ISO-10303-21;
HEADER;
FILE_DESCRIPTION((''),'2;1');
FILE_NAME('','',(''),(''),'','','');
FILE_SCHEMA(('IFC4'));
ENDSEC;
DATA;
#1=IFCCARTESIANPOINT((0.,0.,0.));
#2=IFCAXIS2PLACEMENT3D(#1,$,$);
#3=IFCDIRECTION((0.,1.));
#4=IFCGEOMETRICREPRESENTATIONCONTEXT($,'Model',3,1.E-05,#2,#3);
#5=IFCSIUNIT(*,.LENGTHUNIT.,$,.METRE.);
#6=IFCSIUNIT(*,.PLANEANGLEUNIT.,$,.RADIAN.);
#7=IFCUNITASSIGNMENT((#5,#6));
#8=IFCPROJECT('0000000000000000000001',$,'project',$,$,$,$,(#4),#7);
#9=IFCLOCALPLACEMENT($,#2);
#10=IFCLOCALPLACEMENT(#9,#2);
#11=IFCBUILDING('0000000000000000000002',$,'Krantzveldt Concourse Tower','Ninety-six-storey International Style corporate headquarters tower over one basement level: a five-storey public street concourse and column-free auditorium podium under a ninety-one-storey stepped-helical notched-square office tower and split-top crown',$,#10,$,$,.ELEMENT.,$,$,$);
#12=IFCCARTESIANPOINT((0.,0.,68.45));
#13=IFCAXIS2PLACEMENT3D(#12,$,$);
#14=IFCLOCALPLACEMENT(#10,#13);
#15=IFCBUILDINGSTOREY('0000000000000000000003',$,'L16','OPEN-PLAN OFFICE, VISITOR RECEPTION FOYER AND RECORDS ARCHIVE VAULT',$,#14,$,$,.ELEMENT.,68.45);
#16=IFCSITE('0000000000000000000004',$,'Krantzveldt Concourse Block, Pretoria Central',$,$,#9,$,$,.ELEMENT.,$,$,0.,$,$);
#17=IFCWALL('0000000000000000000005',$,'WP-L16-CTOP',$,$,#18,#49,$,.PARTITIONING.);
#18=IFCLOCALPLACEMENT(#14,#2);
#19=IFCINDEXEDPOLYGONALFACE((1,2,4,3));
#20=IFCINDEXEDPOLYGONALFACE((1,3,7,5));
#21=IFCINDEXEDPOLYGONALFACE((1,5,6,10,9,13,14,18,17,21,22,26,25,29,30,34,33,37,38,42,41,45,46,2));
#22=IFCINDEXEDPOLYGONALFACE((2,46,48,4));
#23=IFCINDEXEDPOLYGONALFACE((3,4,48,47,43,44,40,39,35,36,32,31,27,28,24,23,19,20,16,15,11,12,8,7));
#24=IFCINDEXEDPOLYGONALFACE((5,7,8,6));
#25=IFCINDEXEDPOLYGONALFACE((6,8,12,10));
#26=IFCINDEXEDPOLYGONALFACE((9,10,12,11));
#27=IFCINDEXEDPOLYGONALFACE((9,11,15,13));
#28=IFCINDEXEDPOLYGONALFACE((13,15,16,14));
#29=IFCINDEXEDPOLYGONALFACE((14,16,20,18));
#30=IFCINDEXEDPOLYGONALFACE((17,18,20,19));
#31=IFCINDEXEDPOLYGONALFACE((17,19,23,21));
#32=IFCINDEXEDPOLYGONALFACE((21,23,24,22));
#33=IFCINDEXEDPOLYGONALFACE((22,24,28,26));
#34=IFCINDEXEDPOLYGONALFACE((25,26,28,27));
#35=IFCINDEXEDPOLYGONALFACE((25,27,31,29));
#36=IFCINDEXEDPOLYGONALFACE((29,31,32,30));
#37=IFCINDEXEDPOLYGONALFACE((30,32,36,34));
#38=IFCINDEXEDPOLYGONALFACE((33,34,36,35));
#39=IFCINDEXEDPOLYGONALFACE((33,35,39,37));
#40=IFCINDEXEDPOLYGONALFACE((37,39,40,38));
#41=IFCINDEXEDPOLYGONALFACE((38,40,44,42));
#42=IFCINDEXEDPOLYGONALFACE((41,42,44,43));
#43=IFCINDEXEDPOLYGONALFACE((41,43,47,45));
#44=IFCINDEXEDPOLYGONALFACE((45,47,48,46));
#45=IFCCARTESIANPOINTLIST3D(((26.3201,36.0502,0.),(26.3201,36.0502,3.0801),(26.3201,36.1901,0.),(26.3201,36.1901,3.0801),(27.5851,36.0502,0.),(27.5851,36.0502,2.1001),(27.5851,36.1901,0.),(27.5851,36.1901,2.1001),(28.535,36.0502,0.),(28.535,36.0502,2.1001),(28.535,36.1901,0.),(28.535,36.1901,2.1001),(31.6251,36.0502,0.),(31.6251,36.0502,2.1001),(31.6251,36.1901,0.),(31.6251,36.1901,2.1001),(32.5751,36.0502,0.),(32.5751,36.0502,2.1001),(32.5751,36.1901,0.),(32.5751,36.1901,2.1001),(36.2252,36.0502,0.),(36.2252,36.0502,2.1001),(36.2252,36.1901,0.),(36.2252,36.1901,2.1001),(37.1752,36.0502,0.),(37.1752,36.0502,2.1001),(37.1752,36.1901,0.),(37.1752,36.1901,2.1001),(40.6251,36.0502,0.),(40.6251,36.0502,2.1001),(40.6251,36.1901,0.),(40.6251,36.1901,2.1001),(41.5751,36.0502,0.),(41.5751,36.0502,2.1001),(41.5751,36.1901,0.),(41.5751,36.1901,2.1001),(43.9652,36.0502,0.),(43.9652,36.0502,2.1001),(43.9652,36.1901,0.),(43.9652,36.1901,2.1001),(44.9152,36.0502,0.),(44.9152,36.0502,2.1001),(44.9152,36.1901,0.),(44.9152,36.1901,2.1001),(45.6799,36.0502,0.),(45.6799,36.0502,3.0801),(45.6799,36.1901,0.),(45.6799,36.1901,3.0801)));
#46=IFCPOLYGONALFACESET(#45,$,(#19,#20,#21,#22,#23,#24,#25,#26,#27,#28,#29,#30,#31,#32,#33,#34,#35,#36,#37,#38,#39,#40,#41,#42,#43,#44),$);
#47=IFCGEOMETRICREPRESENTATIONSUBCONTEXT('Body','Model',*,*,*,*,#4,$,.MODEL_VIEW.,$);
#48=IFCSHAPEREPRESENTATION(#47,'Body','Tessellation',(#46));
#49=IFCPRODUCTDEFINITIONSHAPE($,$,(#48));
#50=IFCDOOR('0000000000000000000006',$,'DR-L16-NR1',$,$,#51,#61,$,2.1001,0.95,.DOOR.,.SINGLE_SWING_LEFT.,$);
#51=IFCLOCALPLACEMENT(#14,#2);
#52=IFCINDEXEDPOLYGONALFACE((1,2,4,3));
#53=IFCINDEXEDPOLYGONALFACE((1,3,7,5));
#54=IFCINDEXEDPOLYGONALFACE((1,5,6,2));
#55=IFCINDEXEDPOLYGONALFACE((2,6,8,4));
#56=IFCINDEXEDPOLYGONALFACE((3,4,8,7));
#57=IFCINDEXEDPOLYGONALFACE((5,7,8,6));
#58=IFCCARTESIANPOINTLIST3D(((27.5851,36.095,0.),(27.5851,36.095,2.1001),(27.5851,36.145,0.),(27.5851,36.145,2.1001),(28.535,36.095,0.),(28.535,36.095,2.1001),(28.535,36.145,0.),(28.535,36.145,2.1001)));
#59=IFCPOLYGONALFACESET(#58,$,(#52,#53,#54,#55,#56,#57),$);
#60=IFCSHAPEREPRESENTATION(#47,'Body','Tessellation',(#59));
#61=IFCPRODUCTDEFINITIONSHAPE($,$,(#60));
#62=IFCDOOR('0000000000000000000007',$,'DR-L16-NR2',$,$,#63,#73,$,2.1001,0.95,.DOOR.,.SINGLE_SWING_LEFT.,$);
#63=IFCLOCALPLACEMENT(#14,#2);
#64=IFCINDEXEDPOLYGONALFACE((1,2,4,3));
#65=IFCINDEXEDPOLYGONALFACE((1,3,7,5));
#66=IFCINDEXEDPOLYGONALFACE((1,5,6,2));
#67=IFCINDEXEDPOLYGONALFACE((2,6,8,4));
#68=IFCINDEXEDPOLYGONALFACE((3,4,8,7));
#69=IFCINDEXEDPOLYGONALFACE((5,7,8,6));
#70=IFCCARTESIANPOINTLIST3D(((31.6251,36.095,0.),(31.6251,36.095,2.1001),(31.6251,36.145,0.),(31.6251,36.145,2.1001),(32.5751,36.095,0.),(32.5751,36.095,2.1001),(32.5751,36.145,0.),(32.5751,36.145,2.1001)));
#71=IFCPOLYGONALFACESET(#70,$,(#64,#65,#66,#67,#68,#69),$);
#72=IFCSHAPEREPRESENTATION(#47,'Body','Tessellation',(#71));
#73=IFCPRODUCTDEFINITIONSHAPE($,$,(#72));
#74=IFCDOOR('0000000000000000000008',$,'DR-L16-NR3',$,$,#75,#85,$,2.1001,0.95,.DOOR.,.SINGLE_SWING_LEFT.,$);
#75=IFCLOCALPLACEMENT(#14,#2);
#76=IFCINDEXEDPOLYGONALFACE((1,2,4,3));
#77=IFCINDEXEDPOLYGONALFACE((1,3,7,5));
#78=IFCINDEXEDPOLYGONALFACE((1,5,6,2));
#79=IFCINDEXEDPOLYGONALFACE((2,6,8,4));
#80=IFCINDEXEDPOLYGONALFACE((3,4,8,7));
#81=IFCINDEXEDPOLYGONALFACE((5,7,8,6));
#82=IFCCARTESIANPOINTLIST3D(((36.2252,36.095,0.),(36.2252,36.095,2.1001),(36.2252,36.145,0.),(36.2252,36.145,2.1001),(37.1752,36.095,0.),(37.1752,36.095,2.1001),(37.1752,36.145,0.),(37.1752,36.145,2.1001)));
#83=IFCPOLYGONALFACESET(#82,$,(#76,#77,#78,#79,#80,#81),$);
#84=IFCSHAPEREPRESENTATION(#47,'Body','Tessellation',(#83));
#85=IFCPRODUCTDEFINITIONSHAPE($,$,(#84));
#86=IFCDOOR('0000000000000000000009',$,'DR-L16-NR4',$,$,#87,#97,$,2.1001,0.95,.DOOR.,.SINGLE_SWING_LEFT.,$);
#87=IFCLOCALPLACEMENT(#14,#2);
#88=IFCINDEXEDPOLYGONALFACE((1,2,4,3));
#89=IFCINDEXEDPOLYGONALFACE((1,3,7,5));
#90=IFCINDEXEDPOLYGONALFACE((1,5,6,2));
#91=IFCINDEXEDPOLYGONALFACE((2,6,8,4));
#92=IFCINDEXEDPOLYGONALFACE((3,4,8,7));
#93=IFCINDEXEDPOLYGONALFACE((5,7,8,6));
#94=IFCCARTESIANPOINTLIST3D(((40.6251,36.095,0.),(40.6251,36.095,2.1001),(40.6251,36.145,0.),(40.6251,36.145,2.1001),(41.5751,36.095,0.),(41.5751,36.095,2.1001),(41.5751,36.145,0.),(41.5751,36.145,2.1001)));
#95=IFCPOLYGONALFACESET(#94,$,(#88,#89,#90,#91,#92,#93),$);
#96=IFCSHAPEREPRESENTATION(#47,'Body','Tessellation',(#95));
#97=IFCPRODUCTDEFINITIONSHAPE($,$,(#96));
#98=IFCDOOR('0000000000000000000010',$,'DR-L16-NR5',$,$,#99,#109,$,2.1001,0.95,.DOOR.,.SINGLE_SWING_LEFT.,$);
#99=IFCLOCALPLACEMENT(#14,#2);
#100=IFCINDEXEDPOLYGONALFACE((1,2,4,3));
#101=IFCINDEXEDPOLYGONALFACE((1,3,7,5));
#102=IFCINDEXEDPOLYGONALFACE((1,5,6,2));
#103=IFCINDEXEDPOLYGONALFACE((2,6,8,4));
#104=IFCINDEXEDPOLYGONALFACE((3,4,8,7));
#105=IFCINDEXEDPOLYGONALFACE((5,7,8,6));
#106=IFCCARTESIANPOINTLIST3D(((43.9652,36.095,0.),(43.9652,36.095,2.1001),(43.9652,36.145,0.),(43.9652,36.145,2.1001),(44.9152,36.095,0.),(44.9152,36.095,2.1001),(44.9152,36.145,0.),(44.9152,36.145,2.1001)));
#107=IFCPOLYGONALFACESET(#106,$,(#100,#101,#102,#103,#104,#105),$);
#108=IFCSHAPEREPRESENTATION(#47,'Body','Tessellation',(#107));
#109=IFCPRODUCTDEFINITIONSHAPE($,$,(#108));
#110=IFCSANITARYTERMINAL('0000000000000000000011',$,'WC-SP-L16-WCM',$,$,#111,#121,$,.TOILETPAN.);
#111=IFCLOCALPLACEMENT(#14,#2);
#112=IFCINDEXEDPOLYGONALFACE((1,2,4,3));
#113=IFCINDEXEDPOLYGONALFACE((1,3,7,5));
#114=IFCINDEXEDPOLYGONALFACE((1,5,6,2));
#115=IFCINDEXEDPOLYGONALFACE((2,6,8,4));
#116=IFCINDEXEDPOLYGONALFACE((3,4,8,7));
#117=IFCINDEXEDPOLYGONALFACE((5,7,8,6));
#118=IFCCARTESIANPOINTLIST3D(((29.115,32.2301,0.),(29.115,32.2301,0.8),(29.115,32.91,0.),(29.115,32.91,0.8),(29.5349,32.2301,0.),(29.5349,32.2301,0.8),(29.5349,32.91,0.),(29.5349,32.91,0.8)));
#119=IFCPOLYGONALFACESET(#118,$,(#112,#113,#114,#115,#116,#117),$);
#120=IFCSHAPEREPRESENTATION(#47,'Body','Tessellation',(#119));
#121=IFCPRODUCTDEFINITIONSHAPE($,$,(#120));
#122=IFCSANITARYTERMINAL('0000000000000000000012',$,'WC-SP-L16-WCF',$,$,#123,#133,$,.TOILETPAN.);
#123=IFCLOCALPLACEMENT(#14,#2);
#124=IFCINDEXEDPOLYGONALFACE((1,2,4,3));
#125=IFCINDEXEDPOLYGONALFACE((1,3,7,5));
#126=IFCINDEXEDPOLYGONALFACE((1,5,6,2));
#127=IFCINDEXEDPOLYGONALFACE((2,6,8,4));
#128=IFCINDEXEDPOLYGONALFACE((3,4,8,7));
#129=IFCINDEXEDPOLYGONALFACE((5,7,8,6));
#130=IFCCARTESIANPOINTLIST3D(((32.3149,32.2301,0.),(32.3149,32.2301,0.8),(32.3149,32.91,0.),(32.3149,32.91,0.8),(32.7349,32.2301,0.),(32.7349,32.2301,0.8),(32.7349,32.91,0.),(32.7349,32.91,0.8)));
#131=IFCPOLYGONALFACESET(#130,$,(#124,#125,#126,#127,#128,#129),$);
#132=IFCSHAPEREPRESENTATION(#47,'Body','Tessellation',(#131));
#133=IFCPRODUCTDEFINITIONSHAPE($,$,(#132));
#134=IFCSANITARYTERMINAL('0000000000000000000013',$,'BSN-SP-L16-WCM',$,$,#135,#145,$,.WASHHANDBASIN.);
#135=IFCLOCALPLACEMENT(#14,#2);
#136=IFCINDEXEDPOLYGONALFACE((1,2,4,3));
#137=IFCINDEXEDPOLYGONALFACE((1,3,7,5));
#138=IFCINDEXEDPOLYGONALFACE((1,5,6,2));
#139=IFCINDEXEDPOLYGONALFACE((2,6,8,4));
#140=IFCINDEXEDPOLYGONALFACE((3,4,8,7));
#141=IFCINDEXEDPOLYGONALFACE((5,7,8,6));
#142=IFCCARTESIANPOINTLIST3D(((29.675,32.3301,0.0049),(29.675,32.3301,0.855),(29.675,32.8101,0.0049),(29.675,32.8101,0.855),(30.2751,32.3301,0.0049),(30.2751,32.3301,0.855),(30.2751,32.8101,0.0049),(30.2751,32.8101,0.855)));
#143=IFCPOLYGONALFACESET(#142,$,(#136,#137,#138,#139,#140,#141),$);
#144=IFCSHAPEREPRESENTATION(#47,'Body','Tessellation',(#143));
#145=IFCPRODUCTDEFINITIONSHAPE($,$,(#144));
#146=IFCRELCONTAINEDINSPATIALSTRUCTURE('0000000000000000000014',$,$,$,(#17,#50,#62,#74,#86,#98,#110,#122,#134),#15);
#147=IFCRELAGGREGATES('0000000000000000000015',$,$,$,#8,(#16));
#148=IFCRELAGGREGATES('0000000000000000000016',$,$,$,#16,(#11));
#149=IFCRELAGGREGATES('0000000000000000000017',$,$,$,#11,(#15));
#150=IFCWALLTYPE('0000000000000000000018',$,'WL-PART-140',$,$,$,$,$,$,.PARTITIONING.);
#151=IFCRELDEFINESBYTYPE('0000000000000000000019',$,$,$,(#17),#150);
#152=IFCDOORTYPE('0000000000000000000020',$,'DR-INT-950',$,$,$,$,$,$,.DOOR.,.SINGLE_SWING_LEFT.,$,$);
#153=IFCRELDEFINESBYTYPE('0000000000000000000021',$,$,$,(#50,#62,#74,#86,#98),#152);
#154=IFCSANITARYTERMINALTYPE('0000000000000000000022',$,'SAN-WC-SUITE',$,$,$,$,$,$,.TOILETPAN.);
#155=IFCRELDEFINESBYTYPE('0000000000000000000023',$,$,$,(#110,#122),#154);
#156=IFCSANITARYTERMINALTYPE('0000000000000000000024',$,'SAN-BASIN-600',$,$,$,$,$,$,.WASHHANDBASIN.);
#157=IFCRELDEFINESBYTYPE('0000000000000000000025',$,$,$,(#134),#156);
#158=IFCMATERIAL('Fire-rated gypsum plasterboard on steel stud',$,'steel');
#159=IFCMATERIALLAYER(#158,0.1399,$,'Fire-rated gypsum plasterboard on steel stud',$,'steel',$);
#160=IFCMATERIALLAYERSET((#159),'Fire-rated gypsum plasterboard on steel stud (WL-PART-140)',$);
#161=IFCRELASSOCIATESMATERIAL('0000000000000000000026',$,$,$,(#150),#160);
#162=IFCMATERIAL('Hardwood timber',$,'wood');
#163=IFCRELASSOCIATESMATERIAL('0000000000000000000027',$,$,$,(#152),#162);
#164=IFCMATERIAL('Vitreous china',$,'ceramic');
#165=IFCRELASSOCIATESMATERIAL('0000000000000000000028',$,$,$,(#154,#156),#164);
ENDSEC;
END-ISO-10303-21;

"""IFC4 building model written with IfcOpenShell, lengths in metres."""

from ifc_helpers import new_model, si_unit, direction, frame, frame_2d, origin, origin_2d, place, context, subcontext, project, spatial, rectangle, extrude, source, transform, mapped, material, layer, layer_set, type_object, type_shapes, element, fill, save


model = new_model("IFC4")

# Units and contexts
model_context = context("Model", 3, precision=1e-05, world=origin(), true_north=direction((0.0, 1.0)))
body_context = subcontext(model_context, "Body", "Model", "MODEL_VIEW")
ifc_project = project(units=[si_unit("LENGTHUNIT", "METRE"), si_unit("PLANEANGLEUNIT", "RADIAN")], contexts=[model_context])

# Site, building, storey
site_placement = place(None, origin())
site = spatial("IfcSite", under=ifc_project, at=site_placement, Name="Krantzveldt Concourse Block, Pretoria Central", CompositionType="ELEMENT", RefElevation=0.0)
building_placement = place(site_placement, origin())
building = spatial("IfcBuilding", under=site, at=building_placement, Name="Krantzveldt Concourse Tower", Description="Ninety-six-storey International Style corporate headquarters tower over one basement level: a five-storey public street concourse and column-free auditorium podium under a ninety-one-storey stepped-helical notched-square office tower and split-top crown", CompositionType="ELEMENT")
storey_placement = place(building_placement, frame((0.0, 0.0, 68.45)))
storey = spatial("IfcBuildingStorey", under=building, at=storey_placement, Name="L16", Description="OPEN-PLAN OFFICE, VISITOR RECEPTION FOYER AND RECORDS ARCHIVE VAULT", CompositionType="ELEMENT", Elevation=68.45)

# Shared definitions
ifc_material_1 = material(Name="Fire-rated gypsum plasterboard on steel stud", Category="steel")

# Wall, openings, doors
ifc_layer_1 = layer(ifc_material_1, 0.1399, Name="Fire-rated gypsum plasterboard on steel stud", Category="steel")
ifc_layer_set_1 = layer_set([ifc_layer_1], Name="Fire-rated gypsum plasterboard on steel stud (WL-PART-140)")
wall_type_1 = type_object("IfcWallType", Name="WL-PART-140", PredefinedType="PARTITIONING", material=ifc_layer_set_1)
ifc_material_2 = material(Name="Hardwood timber", Category="wood")
door_type_1 = type_object("IfcDoorType", Name="DR-INT-950", OperationType="SINGLE_SWING_LEFT", PredefinedType="DOOR", material=ifc_material_2)
wall_1_placement = place(storey_placement, frame((26.3201, 36.1201, 0.0), z_axis=(0.0, 0.0, 1.0), x_axis=(1.0, 0.0, 0.0)))
wall_1 = element("IfcWall", 1, at=wall_1_placement, inside=storey, type_object=wall_type_1, Name="WP-L16-CTOP", PredefinedType="PARTITIONING", context=body_context, shape_type="SweptSolid", body=[
    extrude(rectangle(XDim=19.3599, YDim=0.1399, at=frame_2d((9.6799, 0.0))), origin(), (0.0, 0.0, 1.0), 3.0801),
])
opening_1_placement = place(wall_1_placement, frame((1.2649, 0.0, 0.0)))
opening_1 = element("IfcOpeningElement", 2, at=opening_1_placement, cuts=wall_1, PredefinedType="OPENING", context=body_context, shape_type="SweptSolid", body=[
    extrude(rectangle(XDim=0.95, YDim=2.1001, at=frame_2d((0.4751, 1.05))), frame((0.0, 0.0801, 0.0), z_axis=(0.0, -1.0, 0.0), x_axis=(1.0, 0.0, 0.0)), (0.0, 0.0, 1.0), 0.1599),
])
opening_2_placement = place(wall_1_placement, frame((5.3049, 0.0, 0.0)))
opening_2 = element("IfcOpeningElement", 3, at=opening_2_placement, cuts=wall_1, PredefinedType="OPENING", context=body_context, shape_type="SweptSolid", body=[
    extrude(rectangle(XDim=0.95, YDim=2.1001, at=frame_2d((0.4751, 1.05))), frame((0.0, 0.0801, 0.0), z_axis=(0.0, -1.0, 0.0), x_axis=(1.0, 0.0, 0.0)), (0.0, 0.0, 1.0), 0.1599),
])
opening_3_placement = place(wall_1_placement, frame((9.905, 0.0, 0.0)))
opening_3 = element("IfcOpeningElement", 4, at=opening_3_placement, cuts=wall_1, PredefinedType="OPENING", context=body_context, shape_type="SweptSolid", body=[
    extrude(rectangle(XDim=0.95, YDim=2.1001, at=frame_2d((0.4751, 1.05))), frame((0.0, 0.0801, 0.0), z_axis=(0.0, -1.0, 0.0), x_axis=(1.0, 0.0, 0.0)), (0.0, 0.0, 1.0), 0.1599),
])
opening_4_placement = place(wall_1_placement, frame((14.3049, 0.0, 0.0)))
opening_4 = element("IfcOpeningElement", 5, at=opening_4_placement, cuts=wall_1, PredefinedType="OPENING", context=body_context, shape_type="SweptSolid", body=[
    extrude(rectangle(XDim=0.95, YDim=2.1001, at=frame_2d((0.4751, 1.05))), frame((0.0, 0.0801, 0.0), z_axis=(0.0, -1.0, 0.0), x_axis=(1.0, 0.0, 0.0)), (0.0, 0.0, 1.0), 0.1599),
])
opening_5_placement = place(wall_1_placement, frame((17.645, 0.0, 0.0)))
opening_5 = element("IfcOpeningElement", 6, at=opening_5_placement, cuts=wall_1, PredefinedType="OPENING", context=body_context, shape_type="SweptSolid", body=[
    extrude(rectangle(XDim=0.95, YDim=2.1001, at=frame_2d((0.4751, 1.05))), frame((0.0, 0.0801, 0.0), z_axis=(0.0, -1.0, 0.0), x_axis=(1.0, 0.0, 0.0)), (0.0, 0.0, 1.0), 0.1599),
])
door_1_placement = place(opening_1_placement, origin())
door_1 = element("IfcDoor", 7, at=door_1_placement, inside=storey, type_object=door_type_1, Name="DR-L16-NR1", OperationType="SINGLE_SWING_LEFT", OverallHeight=2.1001, OverallWidth=0.95, PredefinedType="DOOR", context=body_context, shape_type="SweptSolid", body=[
    extrude(rectangle(XDim=0.95, YDim=2.1001, at=frame_2d((0.4751, 1.05))), frame((0.0, 0.0249, 0.0), z_axis=(0.0, -1.0, 0.0), x_axis=(1.0, 0.0, 0.0)), (0.0, 0.0, 1.0), 0.05),
])
fill(opening_1, door_1)
door_2_placement = place(opening_2_placement, origin())
door_2 = element("IfcDoor", 8, at=door_2_placement, inside=storey, type_object=door_type_1, Name="DR-L16-NR2", OperationType="SINGLE_SWING_LEFT", OverallHeight=2.1001, OverallWidth=0.95, PredefinedType="DOOR", context=body_context, shape_type="SweptSolid", body=[
    extrude(rectangle(XDim=0.95, YDim=2.1001, at=frame_2d((0.4751, 1.05))), frame((0.0, 0.0249, 0.0), z_axis=(0.0, -1.0, 0.0), x_axis=(1.0, 0.0, 0.0)), (0.0, 0.0, 1.0), 0.05),
])
fill(opening_2, door_2)
door_3_placement = place(opening_3_placement, origin())
door_3 = element("IfcDoor", 9, at=door_3_placement, inside=storey, type_object=door_type_1, Name="DR-L16-NR3", OperationType="SINGLE_SWING_LEFT", OverallHeight=2.1001, OverallWidth=0.95, PredefinedType="DOOR", context=body_context, shape_type="SweptSolid", body=[
    extrude(rectangle(XDim=0.95, YDim=2.1001, at=frame_2d((0.4751, 1.05))), frame((0.0, 0.0249, 0.0), z_axis=(0.0, -1.0, 0.0), x_axis=(1.0, 0.0, 0.0)), (0.0, 0.0, 1.0), 0.05),
])
fill(opening_3, door_3)
door_4_placement = place(opening_4_placement, origin())
door_4 = element("IfcDoor", 10, at=door_4_placement, inside=storey, type_object=door_type_1, Name="DR-L16-NR4", OperationType="SINGLE_SWING_LEFT", OverallHeight=2.1001, OverallWidth=0.95, PredefinedType="DOOR", context=body_context, shape_type="SweptSolid", body=[
    extrude(rectangle(XDim=0.95, YDim=2.1001, at=frame_2d((0.4751, 1.05))), frame((0.0, 0.0249, 0.0), z_axis=(0.0, -1.0, 0.0), x_axis=(1.0, 0.0, 0.0)), (0.0, 0.0, 1.0), 0.05),
])
fill(opening_4, door_4)
door_5_placement = place(opening_5_placement, origin())
door_5 = element("IfcDoor", 11, at=door_5_placement, inside=storey, type_object=door_type_1, Name="DR-L16-NR5", OperationType="SINGLE_SWING_LEFT", OverallHeight=2.1001, OverallWidth=0.95, PredefinedType="DOOR", context=body_context, shape_type="SweptSolid", body=[
    extrude(rectangle(XDim=0.95, YDim=2.1001, at=frame_2d((0.4751, 1.05))), frame((0.0, 0.0249, 0.0), z_axis=(0.0, -1.0, 0.0), x_axis=(1.0, 0.0, 0.0)), (0.0, 0.0, 1.0), 0.05),
])
fill(opening_5, door_5)

# Sanitary terminals
ifc_material_3 = material(Name="Vitreous china", Category="ceramic")
sanitary_terminal_type_1 = type_object("IfcSanitaryTerminalType", Name="SAN-WC-SUITE", PredefinedType="TOILETPAN", material=ifc_material_3)
shared_shape_1 = source(origin(), body_context, "Body", "SweptSolid", [
    extrude(rectangle(XDim=0.4199, YDim=0.6799, at=origin_2d()), origin(), (0.0, 0.0, 1.0), 0.8),
])
type_shapes(sanitary_terminal_type_1, [shared_shape_1])
for number, where, z_axis, x_axis, name in (
    (12, (29.325, 32.5701, 0.0), (0.0, 0.0, 1.0), (1.0, 0.0, 0.0), "WC-SP-L16-WCM"),
    (13, (32.5249, 32.5701, 0.0), (0.0, 0.0, 1.0), (1.0, 0.0, 0.0), "WC-SP-L16-WCF"),
):
    element("IfcSanitaryTerminal", number, at=place(storey_placement, frame(where, z_axis=z_axis, x_axis=x_axis)), inside=storey, type_object=sanitary_terminal_type_1, Name=name, PredefinedType="TOILETPAN", context=body_context, shape_type="MappedRepresentation", body=[
        mapped(shared_shape_1, transform((0.0, 0.0, 0.0), x_axis=(1.0, 0.0, 0.0), y_axis=(0.0, 1.0, 0.0), z_axis=(0.0, 0.0, 1.0), scale=1.0)),
    ])
sanitary_terminal_type_2 = type_object("IfcSanitaryTerminalType", Name="SAN-BASIN-600", PredefinedType="WASHHANDBASIN", material=ifc_material_3)
shared_shape_2 = source(origin(), body_context, "Body", "SweptSolid", [
    extrude(rectangle(XDim=0.6001, YDim=0.48, at=origin_2d()), origin(), (0.0, 0.0, 1.0), 0.8501),
])
type_shapes(sanitary_terminal_type_2, [shared_shape_2])
sanitary_terminal_placement = place(storey_placement, frame((29.9751, 32.5701, 0.0049), z_axis=(0.0, 0.0, 1.0), x_axis=(1.0, 0.0, 0.0)))
element("IfcSanitaryTerminal", 14, at=sanitary_terminal_placement, inside=storey, type_object=sanitary_terminal_type_2, Name="BSN-SP-L16-WCM", PredefinedType="WASHHANDBASIN", context=body_context, shape_type="MappedRepresentation", body=[
    mapped(shared_shape_2, transform((0.0, 0.0, 0.0), x_axis=(1.0, 0.0, 0.0), y_axis=(0.0, 1.0, 0.0), z_axis=(0.0, 0.0, 1.0), scale=1.0)),
])

save(model, "model.ifc")
